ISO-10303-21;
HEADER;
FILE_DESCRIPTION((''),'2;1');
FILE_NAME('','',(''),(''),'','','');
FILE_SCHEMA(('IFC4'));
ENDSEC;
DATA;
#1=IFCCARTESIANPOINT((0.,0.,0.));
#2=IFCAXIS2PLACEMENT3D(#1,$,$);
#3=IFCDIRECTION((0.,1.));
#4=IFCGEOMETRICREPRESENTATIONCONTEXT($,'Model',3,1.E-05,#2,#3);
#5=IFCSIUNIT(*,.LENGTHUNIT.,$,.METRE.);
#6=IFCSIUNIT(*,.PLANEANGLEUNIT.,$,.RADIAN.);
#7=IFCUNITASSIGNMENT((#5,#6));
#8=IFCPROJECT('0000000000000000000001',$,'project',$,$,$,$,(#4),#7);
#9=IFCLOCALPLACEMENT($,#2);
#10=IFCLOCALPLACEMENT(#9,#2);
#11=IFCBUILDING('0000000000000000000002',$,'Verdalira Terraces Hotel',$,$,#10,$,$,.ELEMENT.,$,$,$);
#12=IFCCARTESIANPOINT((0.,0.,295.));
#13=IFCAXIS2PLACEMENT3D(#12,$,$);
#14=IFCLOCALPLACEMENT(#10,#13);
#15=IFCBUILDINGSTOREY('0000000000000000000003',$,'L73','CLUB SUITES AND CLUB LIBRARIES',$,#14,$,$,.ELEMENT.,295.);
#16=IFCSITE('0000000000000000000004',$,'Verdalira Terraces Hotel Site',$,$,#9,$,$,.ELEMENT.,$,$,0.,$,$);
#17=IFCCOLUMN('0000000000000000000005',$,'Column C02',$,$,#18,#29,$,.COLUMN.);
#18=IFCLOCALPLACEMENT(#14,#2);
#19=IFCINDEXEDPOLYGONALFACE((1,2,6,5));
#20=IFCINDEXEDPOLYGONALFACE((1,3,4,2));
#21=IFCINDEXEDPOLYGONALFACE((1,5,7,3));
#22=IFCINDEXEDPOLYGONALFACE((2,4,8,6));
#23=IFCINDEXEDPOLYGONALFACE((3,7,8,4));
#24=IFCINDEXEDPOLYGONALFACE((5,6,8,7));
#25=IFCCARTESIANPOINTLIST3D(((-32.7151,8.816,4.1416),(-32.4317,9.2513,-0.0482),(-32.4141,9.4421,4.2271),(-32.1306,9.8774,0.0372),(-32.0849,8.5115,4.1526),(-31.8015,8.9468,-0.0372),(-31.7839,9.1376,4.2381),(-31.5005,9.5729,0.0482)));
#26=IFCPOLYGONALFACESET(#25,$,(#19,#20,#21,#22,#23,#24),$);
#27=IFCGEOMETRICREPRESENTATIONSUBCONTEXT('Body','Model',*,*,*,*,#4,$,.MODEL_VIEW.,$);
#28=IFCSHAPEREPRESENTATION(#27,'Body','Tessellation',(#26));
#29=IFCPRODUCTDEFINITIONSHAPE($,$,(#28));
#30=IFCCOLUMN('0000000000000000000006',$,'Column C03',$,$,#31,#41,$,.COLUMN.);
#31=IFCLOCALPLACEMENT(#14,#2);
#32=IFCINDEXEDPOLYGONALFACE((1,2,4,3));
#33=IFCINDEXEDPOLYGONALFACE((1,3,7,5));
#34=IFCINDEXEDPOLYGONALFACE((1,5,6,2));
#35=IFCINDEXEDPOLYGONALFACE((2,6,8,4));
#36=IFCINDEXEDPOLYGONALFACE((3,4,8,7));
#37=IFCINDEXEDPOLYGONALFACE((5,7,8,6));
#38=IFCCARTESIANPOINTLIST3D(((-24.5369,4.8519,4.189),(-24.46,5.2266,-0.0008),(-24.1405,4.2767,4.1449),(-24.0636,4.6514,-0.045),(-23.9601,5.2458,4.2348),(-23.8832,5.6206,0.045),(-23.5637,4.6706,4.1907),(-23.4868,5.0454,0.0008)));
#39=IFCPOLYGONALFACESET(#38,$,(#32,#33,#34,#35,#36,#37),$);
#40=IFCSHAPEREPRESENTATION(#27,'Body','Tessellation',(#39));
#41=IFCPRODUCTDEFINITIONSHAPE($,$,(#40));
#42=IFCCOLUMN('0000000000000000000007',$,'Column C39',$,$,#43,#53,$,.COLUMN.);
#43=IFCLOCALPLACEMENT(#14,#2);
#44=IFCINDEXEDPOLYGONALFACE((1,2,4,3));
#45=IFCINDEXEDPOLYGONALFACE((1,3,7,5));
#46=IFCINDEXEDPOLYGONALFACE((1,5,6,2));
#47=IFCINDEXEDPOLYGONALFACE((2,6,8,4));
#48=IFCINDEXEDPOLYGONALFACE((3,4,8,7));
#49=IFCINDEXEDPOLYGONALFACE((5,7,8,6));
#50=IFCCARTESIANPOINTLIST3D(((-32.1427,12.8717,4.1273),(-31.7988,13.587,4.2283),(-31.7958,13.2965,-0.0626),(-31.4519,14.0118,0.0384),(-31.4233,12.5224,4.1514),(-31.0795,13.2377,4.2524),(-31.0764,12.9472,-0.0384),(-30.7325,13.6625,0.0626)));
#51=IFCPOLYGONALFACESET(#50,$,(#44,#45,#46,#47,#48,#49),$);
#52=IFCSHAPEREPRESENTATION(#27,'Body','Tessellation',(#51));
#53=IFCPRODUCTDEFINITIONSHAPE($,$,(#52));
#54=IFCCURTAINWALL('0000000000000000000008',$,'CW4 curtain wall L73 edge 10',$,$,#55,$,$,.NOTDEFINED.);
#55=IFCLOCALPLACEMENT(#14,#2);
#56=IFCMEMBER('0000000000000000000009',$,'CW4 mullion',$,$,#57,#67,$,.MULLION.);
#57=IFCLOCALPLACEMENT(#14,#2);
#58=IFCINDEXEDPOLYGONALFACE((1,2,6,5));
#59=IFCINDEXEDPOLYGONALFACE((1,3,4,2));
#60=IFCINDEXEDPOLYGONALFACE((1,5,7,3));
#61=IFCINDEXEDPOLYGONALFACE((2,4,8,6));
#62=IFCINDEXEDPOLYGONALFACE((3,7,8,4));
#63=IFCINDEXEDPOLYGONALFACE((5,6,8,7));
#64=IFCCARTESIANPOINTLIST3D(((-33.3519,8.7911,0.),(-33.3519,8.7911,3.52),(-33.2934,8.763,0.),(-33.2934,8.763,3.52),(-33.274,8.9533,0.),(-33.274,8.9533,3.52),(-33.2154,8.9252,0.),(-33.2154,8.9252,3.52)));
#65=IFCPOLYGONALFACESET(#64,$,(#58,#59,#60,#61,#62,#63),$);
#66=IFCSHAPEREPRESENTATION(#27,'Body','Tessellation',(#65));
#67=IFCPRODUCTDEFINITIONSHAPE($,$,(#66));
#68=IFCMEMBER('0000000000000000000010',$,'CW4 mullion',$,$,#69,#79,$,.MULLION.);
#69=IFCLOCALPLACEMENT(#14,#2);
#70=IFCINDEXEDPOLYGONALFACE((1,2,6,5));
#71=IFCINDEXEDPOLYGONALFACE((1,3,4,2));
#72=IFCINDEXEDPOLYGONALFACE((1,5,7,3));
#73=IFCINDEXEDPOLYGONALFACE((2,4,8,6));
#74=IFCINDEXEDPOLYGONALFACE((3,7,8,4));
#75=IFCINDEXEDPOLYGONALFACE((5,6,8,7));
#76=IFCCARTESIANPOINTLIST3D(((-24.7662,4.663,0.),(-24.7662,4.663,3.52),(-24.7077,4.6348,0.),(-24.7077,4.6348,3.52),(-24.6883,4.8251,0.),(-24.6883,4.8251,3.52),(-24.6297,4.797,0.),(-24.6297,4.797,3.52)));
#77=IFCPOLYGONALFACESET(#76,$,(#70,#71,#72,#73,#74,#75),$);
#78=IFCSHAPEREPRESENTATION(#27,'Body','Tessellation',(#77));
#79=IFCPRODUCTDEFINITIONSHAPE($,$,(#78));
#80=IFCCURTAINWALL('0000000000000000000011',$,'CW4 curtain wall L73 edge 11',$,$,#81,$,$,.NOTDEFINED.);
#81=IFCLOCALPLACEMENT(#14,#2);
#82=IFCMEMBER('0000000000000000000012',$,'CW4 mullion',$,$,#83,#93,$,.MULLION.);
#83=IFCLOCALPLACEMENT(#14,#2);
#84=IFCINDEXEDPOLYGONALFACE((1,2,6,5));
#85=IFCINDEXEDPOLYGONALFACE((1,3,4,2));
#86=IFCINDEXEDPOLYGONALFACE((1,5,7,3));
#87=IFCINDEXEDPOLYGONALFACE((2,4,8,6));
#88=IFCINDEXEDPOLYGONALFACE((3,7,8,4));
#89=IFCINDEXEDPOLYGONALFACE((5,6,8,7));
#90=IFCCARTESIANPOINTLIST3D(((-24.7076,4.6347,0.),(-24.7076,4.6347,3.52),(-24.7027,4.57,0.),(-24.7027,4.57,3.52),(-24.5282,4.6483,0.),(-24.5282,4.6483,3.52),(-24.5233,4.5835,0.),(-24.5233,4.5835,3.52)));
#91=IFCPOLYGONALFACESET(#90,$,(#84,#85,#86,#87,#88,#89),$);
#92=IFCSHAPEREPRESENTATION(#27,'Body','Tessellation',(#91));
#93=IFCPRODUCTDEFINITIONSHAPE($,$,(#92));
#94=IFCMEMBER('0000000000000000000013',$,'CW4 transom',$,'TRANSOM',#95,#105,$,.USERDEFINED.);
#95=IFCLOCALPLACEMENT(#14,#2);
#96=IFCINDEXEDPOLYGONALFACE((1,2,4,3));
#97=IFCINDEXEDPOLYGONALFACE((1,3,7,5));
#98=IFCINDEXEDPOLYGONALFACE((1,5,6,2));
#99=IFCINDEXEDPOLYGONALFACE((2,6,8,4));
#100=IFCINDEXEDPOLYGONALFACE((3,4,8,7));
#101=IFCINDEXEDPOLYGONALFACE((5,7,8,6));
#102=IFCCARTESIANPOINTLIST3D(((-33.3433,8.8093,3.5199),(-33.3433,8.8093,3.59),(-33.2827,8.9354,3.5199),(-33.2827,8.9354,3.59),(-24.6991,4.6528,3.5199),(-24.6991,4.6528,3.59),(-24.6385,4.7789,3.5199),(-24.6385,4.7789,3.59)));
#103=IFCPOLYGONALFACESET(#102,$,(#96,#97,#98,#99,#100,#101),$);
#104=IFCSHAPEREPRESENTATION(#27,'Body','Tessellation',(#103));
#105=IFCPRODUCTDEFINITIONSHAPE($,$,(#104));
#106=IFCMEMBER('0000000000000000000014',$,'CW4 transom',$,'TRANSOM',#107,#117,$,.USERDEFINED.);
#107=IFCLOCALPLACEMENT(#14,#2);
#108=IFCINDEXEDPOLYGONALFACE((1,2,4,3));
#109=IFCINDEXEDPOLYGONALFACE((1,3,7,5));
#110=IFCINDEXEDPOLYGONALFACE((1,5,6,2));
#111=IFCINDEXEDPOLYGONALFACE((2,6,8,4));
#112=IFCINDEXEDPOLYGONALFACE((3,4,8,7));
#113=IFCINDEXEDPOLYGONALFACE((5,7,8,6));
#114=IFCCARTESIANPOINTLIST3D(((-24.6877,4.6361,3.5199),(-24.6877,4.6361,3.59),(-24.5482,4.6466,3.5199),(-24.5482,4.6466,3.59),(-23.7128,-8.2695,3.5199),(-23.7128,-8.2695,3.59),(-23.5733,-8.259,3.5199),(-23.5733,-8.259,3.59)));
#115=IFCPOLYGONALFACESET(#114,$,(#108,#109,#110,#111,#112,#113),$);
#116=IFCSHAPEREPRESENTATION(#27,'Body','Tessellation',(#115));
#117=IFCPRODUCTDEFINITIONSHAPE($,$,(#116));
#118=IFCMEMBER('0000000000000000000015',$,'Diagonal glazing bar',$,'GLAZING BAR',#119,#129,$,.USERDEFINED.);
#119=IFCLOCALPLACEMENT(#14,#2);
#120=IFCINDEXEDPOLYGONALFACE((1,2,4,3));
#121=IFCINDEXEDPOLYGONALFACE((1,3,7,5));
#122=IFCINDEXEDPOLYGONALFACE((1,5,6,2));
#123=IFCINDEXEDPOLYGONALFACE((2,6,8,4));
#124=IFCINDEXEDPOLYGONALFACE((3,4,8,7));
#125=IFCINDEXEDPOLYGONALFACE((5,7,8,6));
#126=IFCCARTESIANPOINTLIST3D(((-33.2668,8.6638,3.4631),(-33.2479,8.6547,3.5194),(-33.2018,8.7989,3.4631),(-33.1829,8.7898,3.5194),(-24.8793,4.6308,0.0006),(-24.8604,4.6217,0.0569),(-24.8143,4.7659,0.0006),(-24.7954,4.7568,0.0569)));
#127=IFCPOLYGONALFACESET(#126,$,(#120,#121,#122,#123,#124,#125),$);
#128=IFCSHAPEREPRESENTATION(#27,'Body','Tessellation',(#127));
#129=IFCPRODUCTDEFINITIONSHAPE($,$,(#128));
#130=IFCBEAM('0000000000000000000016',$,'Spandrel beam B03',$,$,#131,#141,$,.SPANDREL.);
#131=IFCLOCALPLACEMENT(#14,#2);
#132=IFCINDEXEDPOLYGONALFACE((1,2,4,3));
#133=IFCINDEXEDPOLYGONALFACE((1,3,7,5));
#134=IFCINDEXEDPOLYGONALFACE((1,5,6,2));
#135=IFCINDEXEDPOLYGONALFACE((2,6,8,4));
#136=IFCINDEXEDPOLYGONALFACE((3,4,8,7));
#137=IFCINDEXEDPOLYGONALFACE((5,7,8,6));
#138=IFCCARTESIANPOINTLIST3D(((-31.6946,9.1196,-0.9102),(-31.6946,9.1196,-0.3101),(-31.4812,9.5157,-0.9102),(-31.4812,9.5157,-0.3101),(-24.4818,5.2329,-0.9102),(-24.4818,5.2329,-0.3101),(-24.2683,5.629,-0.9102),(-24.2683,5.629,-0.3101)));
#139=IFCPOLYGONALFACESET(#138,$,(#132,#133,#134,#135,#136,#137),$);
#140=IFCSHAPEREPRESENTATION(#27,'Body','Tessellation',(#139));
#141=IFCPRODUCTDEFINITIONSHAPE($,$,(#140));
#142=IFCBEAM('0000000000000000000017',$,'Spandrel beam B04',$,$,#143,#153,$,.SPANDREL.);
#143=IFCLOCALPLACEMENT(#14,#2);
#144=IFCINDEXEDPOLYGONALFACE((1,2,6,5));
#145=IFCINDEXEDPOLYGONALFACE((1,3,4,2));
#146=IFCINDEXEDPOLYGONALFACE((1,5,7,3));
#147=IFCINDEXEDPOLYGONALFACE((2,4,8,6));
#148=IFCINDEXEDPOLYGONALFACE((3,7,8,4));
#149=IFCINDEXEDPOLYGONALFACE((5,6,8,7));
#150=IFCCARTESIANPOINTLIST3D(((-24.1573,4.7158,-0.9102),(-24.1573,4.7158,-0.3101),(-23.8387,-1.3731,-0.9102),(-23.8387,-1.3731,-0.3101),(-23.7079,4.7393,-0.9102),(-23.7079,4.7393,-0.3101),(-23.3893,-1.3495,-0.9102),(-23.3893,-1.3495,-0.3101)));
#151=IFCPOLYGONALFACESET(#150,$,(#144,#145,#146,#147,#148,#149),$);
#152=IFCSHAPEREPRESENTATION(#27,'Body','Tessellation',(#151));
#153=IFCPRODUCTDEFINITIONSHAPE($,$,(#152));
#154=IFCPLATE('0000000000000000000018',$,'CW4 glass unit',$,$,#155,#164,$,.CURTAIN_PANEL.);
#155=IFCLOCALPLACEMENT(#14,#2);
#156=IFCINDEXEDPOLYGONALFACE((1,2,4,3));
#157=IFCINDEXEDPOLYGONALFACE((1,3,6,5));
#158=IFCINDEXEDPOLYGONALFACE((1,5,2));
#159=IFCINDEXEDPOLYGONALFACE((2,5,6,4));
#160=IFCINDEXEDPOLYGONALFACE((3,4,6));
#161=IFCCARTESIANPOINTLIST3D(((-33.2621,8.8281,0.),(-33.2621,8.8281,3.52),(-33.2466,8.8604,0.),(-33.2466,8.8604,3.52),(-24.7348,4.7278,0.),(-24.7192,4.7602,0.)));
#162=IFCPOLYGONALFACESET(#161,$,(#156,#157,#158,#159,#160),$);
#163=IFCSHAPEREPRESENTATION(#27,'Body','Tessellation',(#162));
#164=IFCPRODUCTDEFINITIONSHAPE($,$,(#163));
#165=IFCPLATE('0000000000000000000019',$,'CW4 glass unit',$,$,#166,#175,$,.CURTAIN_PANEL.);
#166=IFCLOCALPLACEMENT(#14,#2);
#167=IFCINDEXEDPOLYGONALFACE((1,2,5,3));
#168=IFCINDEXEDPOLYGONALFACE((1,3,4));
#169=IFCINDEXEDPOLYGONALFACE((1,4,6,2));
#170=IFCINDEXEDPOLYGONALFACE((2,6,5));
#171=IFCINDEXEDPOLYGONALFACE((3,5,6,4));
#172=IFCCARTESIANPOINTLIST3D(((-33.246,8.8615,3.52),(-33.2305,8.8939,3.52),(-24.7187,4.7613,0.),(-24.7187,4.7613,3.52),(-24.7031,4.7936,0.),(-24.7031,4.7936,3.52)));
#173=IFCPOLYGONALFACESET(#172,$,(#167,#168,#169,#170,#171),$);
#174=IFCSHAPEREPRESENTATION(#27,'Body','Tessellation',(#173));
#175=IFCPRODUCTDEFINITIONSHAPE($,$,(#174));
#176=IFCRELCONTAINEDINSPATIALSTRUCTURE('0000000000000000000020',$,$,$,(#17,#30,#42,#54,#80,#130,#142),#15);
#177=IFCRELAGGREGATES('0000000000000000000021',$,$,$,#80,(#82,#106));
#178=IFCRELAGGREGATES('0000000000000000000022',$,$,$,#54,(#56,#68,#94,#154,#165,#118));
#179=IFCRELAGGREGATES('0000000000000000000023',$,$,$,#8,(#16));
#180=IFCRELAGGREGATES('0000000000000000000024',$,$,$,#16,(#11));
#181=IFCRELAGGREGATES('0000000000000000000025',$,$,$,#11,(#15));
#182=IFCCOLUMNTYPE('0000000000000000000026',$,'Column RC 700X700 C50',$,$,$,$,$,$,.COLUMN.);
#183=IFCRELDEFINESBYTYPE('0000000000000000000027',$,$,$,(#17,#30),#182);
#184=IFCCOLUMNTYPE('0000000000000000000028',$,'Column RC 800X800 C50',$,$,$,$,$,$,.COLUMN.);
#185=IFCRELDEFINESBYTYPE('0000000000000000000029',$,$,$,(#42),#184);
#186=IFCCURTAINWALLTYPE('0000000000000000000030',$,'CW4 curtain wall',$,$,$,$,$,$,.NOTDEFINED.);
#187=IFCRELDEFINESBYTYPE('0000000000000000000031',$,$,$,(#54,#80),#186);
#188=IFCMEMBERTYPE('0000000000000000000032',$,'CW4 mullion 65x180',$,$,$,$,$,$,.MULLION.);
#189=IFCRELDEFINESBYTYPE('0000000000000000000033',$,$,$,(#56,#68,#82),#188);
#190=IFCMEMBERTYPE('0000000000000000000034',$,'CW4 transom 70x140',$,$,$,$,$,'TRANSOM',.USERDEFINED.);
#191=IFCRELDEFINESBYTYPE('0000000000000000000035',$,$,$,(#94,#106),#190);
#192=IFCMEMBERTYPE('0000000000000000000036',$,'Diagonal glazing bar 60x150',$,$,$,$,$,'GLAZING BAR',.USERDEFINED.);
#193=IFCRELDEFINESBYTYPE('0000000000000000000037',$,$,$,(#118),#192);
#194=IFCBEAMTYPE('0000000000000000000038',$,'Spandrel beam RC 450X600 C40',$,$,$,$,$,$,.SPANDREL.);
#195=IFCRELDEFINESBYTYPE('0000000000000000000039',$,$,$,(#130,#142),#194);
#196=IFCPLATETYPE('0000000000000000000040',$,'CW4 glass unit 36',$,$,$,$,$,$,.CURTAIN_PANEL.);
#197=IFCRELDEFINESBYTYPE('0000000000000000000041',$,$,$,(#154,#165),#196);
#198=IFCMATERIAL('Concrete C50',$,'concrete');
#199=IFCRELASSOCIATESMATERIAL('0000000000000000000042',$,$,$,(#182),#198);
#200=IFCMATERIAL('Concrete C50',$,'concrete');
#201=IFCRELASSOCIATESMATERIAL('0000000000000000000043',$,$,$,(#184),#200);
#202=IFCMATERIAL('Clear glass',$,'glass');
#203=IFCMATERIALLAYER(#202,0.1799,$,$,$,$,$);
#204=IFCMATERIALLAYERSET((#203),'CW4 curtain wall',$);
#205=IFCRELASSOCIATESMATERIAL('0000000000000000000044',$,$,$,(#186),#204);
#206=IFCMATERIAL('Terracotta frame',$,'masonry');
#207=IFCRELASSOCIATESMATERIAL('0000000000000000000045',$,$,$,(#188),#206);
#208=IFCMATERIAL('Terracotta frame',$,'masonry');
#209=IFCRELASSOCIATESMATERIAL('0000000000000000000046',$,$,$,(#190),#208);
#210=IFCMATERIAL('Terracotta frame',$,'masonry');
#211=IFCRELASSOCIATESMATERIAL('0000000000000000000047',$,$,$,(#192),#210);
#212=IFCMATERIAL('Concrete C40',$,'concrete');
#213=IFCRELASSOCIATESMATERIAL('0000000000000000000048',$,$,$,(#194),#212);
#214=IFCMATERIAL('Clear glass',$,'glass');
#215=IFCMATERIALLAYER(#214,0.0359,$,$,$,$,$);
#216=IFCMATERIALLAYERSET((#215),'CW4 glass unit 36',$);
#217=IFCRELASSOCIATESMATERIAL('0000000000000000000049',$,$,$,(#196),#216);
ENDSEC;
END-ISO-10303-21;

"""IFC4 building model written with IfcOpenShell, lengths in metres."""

from ifc_helpers import new_model, si_unit, direction, frame, origin, origin_2d, place, context, subcontext, project, spatial, polyline, rectangle, outline, extrude, material, layer, layer_set, material_profile, profile_set, type_object, element, aggregate, save


model = new_model("IFC4")

# Units and contexts
model_context = context("Model", 3, precision=1e-05, world=origin(), true_north=direction((0.0, 1.0)))
body_context = subcontext(model_context, "Body", "Model", "MODEL_VIEW")
ifc_project = project(units=[si_unit("LENGTHUNIT", "METRE"), si_unit("PLANEANGLEUNIT", "RADIAN")], contexts=[model_context])

# Site, building, storey
site_placement = place(None, origin())
site = spatial("IfcSite", under=ifc_project, at=site_placement, Name="Verdalira Terraces Hotel Site", CompositionType="ELEMENT", RefElevation=0.0)
building_placement = place(site_placement, origin())
building = spatial("IfcBuilding", under=site, at=building_placement, Name="Verdalira Terraces Hotel", CompositionType="ELEMENT")
storey_placement = place(building_placement, frame((0.0, 0.0, 295.0)))
storey = spatial("IfcBuildingStorey", under=building, at=storey_placement, Name="L73", Description="CLUB SUITES AND CLUB LIBRARIES", CompositionType="ELEMENT", Elevation=295.0)

# Columns
ifc_material_1 = material(Name="Concrete C50", Category="concrete")
ifc_material_profile_1 = material_profile(ifc_material_1, rectangle(XDim=0.7, YDim=0.7, at=origin_2d()), Name="RC 700X700")
ifc_profile_set_1 = profile_set([ifc_material_profile_1], Name="Concrete C50")
column_type_1 = type_object("IfcColumnType", Name="Column RC 700X700 C50", PredefinedType="COLUMN", material=ifc_profile_set_1)
column_1_placement = place(storey_placement, frame((-31.9661, 9.4121, 0.0), z_axis=(-0.067135, -0.103103, 0.992402), x_axis=(0.900299, -0.434989, 0.015713)))
element("IfcColumn", 1, at=column_1_placement, inside=storey, type_object=column_type_1, Name="Column C02", PredefinedType="COLUMN", context=body_context, shape_type="SweptSolid", body=[
    extrude(rectangle(XDim=0.7, YDim=0.7, at=origin_2d()), origin(), (0.0, 0.0, 1.0), 4.2219),
])
column_2_placement = place(storey_placement, frame((-23.9734, 5.136, 0.0), z_axis=(-0.018278, -0.089071, 0.995858), x_axis=(-0.566324, 0.821763, 0.063105)))
element("IfcColumn", 2, at=column_2_placement, inside=storey, type_object=column_type_1, Name="Column C03", PredefinedType="COLUMN", context=body_context, shape_type="SweptSolid", body=[
    extrude(rectangle(XDim=0.7, YDim=0.7, at=origin_2d()), origin(), (0.0, 0.0, 1.0), 4.2073),
])
ifc_material_2 = material(Name="Concrete C50", Category="concrete")
ifc_material_profile_2 = material_profile(ifc_material_2, rectangle(XDim=0.8, YDim=0.8, at=origin_2d()), Name="RC 800X800")
ifc_profile_set_2 = profile_set([ifc_material_profile_2], Name="Concrete C50")
column_type_2 = type_object("IfcColumnType", Name="Column RC 800X800 C50", PredefinedType="COLUMN", material=ifc_profile_set_2)
column_3_placement = place(storey_placement, frame((-31.2642, 13.4795, 0.0), z_axis=(-0.082099, -0.100529, 0.991541), x_axis=(-0.899185, 0.436525, -0.030194)))
element("IfcColumn", 3, at=column_3_placement, inside=storey, type_object=column_type_2, Name="Column C39", PredefinedType="COLUMN", context=body_context, shape_type="SweptSolid", body=[
    extrude(rectangle(XDim=0.8, YDim=0.8, at=origin_2d()), origin(), (0.0, 0.0, 1.0), 4.2256),
])

# Curtain wall, members
ifc_material_3 = material(Name="Clear glass", Category="glass")
ifc_layer_1 = layer(ifc_material_3, 0.1799)
ifc_layer_set_1 = layer_set([ifc_layer_1], Name="CW4 curtain wall")
curtain_wall_type = type_object("IfcCurtainWallType", Name="CW4 curtain wall", PredefinedType="NOTDEFINED", material=ifc_layer_set_1)
curtain_wall_1_placement = place(storey_placement, origin())
curtain_wall_1 = element("IfcCurtainWall", 4, at=curtain_wall_1_placement, inside=storey, type_object=curtain_wall_type, Name="CW4 curtain wall L73 edge 10", PredefinedType="NOTDEFINED")
ifc_material_4 = material(Name="Terracotta frame", Category="masonry")
ifc_material_profile_3 = material_profile(ifc_material_4, rectangle(XDim=0.0649, YDim=0.1799, at=origin_2d()), Name="MU 65x180")
ifc_profile_set_3 = profile_set([ifc_material_profile_3], Name="Terracotta frame")
member_type_1 = type_object("IfcMemberType", Name="CW4 mullion 65x180", PredefinedType="MULLION", material=ifc_profile_set_3)
member_1_placement = place(storey_placement, frame((-33.2837, 8.8582, 0.0), z_axis=(0.0, 0.0, 1.0), x_axis=(0.901228, -0.433345, 0.0)))
member_1 = element("IfcMember", 5, at=member_1_placement, type_object=member_type_1, Name="CW4 mullion", PredefinedType="MULLION", context=body_context, shape_type="SweptSolid", body=[
    extrude(rectangle(XDim=0.0649, YDim=0.1799, at=origin_2d()), origin(), (0.0, 0.0, 1.0), 3.52),
])
member_2_placement = place(storey_placement, frame((-24.698, 4.73, 0.0), z_axis=(0.0, 0.0, 1.0), x_axis=(0.901228, -0.433345, 0.0)))
member_2 = element("IfcMember", 6, at=member_2_placement, type_object=member_type_1, Name="CW4 mullion", PredefinedType="MULLION", context=body_context, shape_type="SweptSolid", body=[
    extrude(rectangle(XDim=0.0649, YDim=0.1799, at=origin_2d()), origin(), (0.0, 0.0, 1.0), 3.52),
])

# Curtain wall, member
curtain_wall_2_placement = place(storey_placement, origin())
curtain_wall_2 = element("IfcCurtainWall", 7, at=curtain_wall_2_placement, inside=storey, type_object=curtain_wall_type, Name="CW4 curtain wall L73 edge 11", PredefinedType="NOTDEFINED")
member_3_placement = place(storey_placement, frame((-24.6155, 4.6091, 0.0), z_axis=(0.0, 0.0, 1.0), x_axis=(0.075327, -0.997159, 0.0)))
member_3 = element("IfcMember", 8, at=member_3_placement, type_object=member_type_1, Name="CW4 mullion", PredefinedType="MULLION", context=body_context, shape_type="SweptSolid", body=[
    extrude(rectangle(XDim=0.0649, YDim=0.1799, at=origin_2d()), origin(), (0.0, 0.0, 1.0), 3.52),
])

# Members
ifc_material_5 = material(Name="Terracotta frame", Category="masonry")
ifc_material_profile_4 = material_profile(ifc_material_5, rectangle(XDim=0.1399, YDim=0.0701, at=origin_2d()), Name="TR 70x140")
ifc_profile_set_4 = profile_set([ifc_material_profile_4], Name="Terracotta frame")
member_type_2 = type_object("IfcMemberType", Name="CW4 transom 70x140", ElementType="TRANSOM", PredefinedType="USERDEFINED", material=ifc_profile_set_4)
member_4_placement = place(storey_placement, frame((-33.313, 8.8723, 3.5549), z_axis=(0.901229, -0.433344, 0.0), x_axis=(0.433344, 0.901229, 0.0)))
member_4 = element("IfcMember", 9, at=member_4_placement, type_object=member_type_2, Name="CW4 transom", ObjectType="TRANSOM", PredefinedType="USERDEFINED", context=body_context, shape_type="SweptSolid", body=[
    extrude(rectangle(XDim=0.1399, YDim=0.0701, at=origin_2d()), origin(), (0.0, 0.0, 1.0), 9.5916),
])
member_5_placement = place(storey_placement, frame((-24.6179, 4.6414, 3.5549), z_axis=(0.075323, -0.997159, 0.0), x_axis=(0.997159, 0.075323, 0.0)))
member_5 = element("IfcMember", 10, at=member_5_placement, type_object=member_type_2, Name="CW4 transom", ObjectType="TRANSOM", PredefinedType="USERDEFINED", context=body_context, shape_type="SweptSolid", body=[
    extrude(rectangle(XDim=0.1399, YDim=0.0701, at=origin_2d()), origin(), (0.0, 0.0, 1.0), 12.9424),
])
aggregate(curtain_wall_2, [member_3, member_5])
ifc_material_6 = material(Name="Terracotta frame", Category="masonry")
ifc_material_profile_5 = material_profile(ifc_material_6, rectangle(XDim=0.1499, YDim=0.0601, at=origin_2d()), Name="GB 60x150")
ifc_profile_set_5 = profile_set([ifc_material_profile_5], Name="Terracotta frame")
member_type_3 = type_object("IfcMemberType", Name="Diagonal glazing bar 60x150", ElementType="GLAZING BAR", PredefinedType="USERDEFINED", material=ifc_profile_set_5)
member_6_placement = place(storey_placement, frame((-33.2249, 8.7268, 3.4912), z_axis=(0.844669, -0.406144, -0.348686), x_axis=(0.433341, 0.90123, 0.0)))
member_6 = element("IfcMember", 11, at=member_6_placement, type_object=member_type_3, Name="Diagonal glazing bar", ObjectType="GLAZING BAR", PredefinedType="USERDEFINED", context=body_context, shape_type="SweptSolid", body=[
    extrude(rectangle(XDim=0.1499, YDim=0.0601, at=origin_2d()), origin(), (0.0, 0.0, 1.0), 9.9299),
])

# Beams
ifc_material_7 = material(Name="Concrete C40", Category="concrete")
ifc_material_profile_6 = material_profile(ifc_material_7, rectangle(XDim=0.45, YDim=0.6001, at=origin_2d()), Name="RC 450X600")
ifc_profile_set_6 = profile_set([ifc_material_profile_6], Name="Concrete C40")
beam_type = type_object("IfcBeamType", Name="Spandrel beam RC 450X600 C40", PredefinedType="SPANDREL", material=ifc_profile_set_6)
beam_1_placement = place(storey_placement, frame((-31.5879, 9.3176, -0.6101), z_axis=(0.880326, -0.47437, 0.0), x_axis=(0.47437, 0.880326, 0.0)))
element("IfcBeam", 12, at=beam_1_placement, inside=storey, type_object=beam_type, Name="Spandrel beam B03", PredefinedType="SPANDREL", context=body_context, shape_type="SweptSolid", body=[
    extrude(rectangle(XDim=0.45, YDim=0.6001, at=origin_2d()), origin(), (0.0, 0.0, 1.0), 8.1934),
])
beam_2_placement = place(storey_placement, frame((-23.9326, 4.7275, -0.6101), z_axis=(0.052254, -0.998634, 0.0), x_axis=(0.998634, 0.052254, 0.0)))
element("IfcBeam", 13, at=beam_2_placement, inside=storey, type_object=beam_type, Name="Spandrel beam B04", PredefinedType="SPANDREL", context=body_context, shape_type="SweptSolid", body=[
    extrude(rectangle(XDim=0.45, YDim=0.6001, at=origin_2d()), origin(), (0.0, 0.0, 1.0), 6.0972),
])

# Plates
ifc_material_8 = material(Name="Clear glass", Category="glass")
ifc_layer_2 = layer(ifc_material_8, 0.0359)
ifc_layer_set_2 = layer_set([ifc_layer_2], Name="CW4 glass unit 36")
plate_type = type_object("IfcPlateType", Name="CW4 glass unit 36", PredefinedType="CURTAIN_PANEL", material=ifc_layer_set_2)
plate_1_placement = place(storey_placement, frame((-28.9829, 6.8103, 1.76), z_axis=(-0.433345, -0.901228, 0.0), x_axis=(0.901228, -0.433345, 0.0)))
plate_1 = element("IfcPlate", 14, at=plate_1_placement, type_object=plate_type, Name="CW4 glass unit", PredefinedType="CURTAIN_PANEL", context=body_context, shape_type="SweptSolid", body=[
    extrude(outline(polyline([(-4.731, -1.76), (4.731, -1.76), (-4.731, 1.76), (-4.731, -1.76)])), origin(), (0.0, 0.0, 1.0), 0.0359),
])
plate_2_placement = place(storey_placement, frame((-28.9668, 6.8438, 1.76), z_axis=(-0.433345, -0.901228, 0.0), x_axis=(0.901228, -0.433345, 0.0)))
plate_2 = element("IfcPlate", 15, at=plate_2_placement, type_object=plate_type, Name="CW4 glass unit", PredefinedType="CURTAIN_PANEL", context=body_context, shape_type="SweptSolid", body=[
    extrude(outline(polyline([(4.731, -1.76), (4.731, 1.76), (-4.731, 1.76), (4.731, -1.76)])), origin(), (0.0, 0.0, 1.0), 0.0359),
])
aggregate(curtain_wall_1, [member_1, member_2, member_4, plate_1, plate_2, member_6])

save(model, "model.ifc")
